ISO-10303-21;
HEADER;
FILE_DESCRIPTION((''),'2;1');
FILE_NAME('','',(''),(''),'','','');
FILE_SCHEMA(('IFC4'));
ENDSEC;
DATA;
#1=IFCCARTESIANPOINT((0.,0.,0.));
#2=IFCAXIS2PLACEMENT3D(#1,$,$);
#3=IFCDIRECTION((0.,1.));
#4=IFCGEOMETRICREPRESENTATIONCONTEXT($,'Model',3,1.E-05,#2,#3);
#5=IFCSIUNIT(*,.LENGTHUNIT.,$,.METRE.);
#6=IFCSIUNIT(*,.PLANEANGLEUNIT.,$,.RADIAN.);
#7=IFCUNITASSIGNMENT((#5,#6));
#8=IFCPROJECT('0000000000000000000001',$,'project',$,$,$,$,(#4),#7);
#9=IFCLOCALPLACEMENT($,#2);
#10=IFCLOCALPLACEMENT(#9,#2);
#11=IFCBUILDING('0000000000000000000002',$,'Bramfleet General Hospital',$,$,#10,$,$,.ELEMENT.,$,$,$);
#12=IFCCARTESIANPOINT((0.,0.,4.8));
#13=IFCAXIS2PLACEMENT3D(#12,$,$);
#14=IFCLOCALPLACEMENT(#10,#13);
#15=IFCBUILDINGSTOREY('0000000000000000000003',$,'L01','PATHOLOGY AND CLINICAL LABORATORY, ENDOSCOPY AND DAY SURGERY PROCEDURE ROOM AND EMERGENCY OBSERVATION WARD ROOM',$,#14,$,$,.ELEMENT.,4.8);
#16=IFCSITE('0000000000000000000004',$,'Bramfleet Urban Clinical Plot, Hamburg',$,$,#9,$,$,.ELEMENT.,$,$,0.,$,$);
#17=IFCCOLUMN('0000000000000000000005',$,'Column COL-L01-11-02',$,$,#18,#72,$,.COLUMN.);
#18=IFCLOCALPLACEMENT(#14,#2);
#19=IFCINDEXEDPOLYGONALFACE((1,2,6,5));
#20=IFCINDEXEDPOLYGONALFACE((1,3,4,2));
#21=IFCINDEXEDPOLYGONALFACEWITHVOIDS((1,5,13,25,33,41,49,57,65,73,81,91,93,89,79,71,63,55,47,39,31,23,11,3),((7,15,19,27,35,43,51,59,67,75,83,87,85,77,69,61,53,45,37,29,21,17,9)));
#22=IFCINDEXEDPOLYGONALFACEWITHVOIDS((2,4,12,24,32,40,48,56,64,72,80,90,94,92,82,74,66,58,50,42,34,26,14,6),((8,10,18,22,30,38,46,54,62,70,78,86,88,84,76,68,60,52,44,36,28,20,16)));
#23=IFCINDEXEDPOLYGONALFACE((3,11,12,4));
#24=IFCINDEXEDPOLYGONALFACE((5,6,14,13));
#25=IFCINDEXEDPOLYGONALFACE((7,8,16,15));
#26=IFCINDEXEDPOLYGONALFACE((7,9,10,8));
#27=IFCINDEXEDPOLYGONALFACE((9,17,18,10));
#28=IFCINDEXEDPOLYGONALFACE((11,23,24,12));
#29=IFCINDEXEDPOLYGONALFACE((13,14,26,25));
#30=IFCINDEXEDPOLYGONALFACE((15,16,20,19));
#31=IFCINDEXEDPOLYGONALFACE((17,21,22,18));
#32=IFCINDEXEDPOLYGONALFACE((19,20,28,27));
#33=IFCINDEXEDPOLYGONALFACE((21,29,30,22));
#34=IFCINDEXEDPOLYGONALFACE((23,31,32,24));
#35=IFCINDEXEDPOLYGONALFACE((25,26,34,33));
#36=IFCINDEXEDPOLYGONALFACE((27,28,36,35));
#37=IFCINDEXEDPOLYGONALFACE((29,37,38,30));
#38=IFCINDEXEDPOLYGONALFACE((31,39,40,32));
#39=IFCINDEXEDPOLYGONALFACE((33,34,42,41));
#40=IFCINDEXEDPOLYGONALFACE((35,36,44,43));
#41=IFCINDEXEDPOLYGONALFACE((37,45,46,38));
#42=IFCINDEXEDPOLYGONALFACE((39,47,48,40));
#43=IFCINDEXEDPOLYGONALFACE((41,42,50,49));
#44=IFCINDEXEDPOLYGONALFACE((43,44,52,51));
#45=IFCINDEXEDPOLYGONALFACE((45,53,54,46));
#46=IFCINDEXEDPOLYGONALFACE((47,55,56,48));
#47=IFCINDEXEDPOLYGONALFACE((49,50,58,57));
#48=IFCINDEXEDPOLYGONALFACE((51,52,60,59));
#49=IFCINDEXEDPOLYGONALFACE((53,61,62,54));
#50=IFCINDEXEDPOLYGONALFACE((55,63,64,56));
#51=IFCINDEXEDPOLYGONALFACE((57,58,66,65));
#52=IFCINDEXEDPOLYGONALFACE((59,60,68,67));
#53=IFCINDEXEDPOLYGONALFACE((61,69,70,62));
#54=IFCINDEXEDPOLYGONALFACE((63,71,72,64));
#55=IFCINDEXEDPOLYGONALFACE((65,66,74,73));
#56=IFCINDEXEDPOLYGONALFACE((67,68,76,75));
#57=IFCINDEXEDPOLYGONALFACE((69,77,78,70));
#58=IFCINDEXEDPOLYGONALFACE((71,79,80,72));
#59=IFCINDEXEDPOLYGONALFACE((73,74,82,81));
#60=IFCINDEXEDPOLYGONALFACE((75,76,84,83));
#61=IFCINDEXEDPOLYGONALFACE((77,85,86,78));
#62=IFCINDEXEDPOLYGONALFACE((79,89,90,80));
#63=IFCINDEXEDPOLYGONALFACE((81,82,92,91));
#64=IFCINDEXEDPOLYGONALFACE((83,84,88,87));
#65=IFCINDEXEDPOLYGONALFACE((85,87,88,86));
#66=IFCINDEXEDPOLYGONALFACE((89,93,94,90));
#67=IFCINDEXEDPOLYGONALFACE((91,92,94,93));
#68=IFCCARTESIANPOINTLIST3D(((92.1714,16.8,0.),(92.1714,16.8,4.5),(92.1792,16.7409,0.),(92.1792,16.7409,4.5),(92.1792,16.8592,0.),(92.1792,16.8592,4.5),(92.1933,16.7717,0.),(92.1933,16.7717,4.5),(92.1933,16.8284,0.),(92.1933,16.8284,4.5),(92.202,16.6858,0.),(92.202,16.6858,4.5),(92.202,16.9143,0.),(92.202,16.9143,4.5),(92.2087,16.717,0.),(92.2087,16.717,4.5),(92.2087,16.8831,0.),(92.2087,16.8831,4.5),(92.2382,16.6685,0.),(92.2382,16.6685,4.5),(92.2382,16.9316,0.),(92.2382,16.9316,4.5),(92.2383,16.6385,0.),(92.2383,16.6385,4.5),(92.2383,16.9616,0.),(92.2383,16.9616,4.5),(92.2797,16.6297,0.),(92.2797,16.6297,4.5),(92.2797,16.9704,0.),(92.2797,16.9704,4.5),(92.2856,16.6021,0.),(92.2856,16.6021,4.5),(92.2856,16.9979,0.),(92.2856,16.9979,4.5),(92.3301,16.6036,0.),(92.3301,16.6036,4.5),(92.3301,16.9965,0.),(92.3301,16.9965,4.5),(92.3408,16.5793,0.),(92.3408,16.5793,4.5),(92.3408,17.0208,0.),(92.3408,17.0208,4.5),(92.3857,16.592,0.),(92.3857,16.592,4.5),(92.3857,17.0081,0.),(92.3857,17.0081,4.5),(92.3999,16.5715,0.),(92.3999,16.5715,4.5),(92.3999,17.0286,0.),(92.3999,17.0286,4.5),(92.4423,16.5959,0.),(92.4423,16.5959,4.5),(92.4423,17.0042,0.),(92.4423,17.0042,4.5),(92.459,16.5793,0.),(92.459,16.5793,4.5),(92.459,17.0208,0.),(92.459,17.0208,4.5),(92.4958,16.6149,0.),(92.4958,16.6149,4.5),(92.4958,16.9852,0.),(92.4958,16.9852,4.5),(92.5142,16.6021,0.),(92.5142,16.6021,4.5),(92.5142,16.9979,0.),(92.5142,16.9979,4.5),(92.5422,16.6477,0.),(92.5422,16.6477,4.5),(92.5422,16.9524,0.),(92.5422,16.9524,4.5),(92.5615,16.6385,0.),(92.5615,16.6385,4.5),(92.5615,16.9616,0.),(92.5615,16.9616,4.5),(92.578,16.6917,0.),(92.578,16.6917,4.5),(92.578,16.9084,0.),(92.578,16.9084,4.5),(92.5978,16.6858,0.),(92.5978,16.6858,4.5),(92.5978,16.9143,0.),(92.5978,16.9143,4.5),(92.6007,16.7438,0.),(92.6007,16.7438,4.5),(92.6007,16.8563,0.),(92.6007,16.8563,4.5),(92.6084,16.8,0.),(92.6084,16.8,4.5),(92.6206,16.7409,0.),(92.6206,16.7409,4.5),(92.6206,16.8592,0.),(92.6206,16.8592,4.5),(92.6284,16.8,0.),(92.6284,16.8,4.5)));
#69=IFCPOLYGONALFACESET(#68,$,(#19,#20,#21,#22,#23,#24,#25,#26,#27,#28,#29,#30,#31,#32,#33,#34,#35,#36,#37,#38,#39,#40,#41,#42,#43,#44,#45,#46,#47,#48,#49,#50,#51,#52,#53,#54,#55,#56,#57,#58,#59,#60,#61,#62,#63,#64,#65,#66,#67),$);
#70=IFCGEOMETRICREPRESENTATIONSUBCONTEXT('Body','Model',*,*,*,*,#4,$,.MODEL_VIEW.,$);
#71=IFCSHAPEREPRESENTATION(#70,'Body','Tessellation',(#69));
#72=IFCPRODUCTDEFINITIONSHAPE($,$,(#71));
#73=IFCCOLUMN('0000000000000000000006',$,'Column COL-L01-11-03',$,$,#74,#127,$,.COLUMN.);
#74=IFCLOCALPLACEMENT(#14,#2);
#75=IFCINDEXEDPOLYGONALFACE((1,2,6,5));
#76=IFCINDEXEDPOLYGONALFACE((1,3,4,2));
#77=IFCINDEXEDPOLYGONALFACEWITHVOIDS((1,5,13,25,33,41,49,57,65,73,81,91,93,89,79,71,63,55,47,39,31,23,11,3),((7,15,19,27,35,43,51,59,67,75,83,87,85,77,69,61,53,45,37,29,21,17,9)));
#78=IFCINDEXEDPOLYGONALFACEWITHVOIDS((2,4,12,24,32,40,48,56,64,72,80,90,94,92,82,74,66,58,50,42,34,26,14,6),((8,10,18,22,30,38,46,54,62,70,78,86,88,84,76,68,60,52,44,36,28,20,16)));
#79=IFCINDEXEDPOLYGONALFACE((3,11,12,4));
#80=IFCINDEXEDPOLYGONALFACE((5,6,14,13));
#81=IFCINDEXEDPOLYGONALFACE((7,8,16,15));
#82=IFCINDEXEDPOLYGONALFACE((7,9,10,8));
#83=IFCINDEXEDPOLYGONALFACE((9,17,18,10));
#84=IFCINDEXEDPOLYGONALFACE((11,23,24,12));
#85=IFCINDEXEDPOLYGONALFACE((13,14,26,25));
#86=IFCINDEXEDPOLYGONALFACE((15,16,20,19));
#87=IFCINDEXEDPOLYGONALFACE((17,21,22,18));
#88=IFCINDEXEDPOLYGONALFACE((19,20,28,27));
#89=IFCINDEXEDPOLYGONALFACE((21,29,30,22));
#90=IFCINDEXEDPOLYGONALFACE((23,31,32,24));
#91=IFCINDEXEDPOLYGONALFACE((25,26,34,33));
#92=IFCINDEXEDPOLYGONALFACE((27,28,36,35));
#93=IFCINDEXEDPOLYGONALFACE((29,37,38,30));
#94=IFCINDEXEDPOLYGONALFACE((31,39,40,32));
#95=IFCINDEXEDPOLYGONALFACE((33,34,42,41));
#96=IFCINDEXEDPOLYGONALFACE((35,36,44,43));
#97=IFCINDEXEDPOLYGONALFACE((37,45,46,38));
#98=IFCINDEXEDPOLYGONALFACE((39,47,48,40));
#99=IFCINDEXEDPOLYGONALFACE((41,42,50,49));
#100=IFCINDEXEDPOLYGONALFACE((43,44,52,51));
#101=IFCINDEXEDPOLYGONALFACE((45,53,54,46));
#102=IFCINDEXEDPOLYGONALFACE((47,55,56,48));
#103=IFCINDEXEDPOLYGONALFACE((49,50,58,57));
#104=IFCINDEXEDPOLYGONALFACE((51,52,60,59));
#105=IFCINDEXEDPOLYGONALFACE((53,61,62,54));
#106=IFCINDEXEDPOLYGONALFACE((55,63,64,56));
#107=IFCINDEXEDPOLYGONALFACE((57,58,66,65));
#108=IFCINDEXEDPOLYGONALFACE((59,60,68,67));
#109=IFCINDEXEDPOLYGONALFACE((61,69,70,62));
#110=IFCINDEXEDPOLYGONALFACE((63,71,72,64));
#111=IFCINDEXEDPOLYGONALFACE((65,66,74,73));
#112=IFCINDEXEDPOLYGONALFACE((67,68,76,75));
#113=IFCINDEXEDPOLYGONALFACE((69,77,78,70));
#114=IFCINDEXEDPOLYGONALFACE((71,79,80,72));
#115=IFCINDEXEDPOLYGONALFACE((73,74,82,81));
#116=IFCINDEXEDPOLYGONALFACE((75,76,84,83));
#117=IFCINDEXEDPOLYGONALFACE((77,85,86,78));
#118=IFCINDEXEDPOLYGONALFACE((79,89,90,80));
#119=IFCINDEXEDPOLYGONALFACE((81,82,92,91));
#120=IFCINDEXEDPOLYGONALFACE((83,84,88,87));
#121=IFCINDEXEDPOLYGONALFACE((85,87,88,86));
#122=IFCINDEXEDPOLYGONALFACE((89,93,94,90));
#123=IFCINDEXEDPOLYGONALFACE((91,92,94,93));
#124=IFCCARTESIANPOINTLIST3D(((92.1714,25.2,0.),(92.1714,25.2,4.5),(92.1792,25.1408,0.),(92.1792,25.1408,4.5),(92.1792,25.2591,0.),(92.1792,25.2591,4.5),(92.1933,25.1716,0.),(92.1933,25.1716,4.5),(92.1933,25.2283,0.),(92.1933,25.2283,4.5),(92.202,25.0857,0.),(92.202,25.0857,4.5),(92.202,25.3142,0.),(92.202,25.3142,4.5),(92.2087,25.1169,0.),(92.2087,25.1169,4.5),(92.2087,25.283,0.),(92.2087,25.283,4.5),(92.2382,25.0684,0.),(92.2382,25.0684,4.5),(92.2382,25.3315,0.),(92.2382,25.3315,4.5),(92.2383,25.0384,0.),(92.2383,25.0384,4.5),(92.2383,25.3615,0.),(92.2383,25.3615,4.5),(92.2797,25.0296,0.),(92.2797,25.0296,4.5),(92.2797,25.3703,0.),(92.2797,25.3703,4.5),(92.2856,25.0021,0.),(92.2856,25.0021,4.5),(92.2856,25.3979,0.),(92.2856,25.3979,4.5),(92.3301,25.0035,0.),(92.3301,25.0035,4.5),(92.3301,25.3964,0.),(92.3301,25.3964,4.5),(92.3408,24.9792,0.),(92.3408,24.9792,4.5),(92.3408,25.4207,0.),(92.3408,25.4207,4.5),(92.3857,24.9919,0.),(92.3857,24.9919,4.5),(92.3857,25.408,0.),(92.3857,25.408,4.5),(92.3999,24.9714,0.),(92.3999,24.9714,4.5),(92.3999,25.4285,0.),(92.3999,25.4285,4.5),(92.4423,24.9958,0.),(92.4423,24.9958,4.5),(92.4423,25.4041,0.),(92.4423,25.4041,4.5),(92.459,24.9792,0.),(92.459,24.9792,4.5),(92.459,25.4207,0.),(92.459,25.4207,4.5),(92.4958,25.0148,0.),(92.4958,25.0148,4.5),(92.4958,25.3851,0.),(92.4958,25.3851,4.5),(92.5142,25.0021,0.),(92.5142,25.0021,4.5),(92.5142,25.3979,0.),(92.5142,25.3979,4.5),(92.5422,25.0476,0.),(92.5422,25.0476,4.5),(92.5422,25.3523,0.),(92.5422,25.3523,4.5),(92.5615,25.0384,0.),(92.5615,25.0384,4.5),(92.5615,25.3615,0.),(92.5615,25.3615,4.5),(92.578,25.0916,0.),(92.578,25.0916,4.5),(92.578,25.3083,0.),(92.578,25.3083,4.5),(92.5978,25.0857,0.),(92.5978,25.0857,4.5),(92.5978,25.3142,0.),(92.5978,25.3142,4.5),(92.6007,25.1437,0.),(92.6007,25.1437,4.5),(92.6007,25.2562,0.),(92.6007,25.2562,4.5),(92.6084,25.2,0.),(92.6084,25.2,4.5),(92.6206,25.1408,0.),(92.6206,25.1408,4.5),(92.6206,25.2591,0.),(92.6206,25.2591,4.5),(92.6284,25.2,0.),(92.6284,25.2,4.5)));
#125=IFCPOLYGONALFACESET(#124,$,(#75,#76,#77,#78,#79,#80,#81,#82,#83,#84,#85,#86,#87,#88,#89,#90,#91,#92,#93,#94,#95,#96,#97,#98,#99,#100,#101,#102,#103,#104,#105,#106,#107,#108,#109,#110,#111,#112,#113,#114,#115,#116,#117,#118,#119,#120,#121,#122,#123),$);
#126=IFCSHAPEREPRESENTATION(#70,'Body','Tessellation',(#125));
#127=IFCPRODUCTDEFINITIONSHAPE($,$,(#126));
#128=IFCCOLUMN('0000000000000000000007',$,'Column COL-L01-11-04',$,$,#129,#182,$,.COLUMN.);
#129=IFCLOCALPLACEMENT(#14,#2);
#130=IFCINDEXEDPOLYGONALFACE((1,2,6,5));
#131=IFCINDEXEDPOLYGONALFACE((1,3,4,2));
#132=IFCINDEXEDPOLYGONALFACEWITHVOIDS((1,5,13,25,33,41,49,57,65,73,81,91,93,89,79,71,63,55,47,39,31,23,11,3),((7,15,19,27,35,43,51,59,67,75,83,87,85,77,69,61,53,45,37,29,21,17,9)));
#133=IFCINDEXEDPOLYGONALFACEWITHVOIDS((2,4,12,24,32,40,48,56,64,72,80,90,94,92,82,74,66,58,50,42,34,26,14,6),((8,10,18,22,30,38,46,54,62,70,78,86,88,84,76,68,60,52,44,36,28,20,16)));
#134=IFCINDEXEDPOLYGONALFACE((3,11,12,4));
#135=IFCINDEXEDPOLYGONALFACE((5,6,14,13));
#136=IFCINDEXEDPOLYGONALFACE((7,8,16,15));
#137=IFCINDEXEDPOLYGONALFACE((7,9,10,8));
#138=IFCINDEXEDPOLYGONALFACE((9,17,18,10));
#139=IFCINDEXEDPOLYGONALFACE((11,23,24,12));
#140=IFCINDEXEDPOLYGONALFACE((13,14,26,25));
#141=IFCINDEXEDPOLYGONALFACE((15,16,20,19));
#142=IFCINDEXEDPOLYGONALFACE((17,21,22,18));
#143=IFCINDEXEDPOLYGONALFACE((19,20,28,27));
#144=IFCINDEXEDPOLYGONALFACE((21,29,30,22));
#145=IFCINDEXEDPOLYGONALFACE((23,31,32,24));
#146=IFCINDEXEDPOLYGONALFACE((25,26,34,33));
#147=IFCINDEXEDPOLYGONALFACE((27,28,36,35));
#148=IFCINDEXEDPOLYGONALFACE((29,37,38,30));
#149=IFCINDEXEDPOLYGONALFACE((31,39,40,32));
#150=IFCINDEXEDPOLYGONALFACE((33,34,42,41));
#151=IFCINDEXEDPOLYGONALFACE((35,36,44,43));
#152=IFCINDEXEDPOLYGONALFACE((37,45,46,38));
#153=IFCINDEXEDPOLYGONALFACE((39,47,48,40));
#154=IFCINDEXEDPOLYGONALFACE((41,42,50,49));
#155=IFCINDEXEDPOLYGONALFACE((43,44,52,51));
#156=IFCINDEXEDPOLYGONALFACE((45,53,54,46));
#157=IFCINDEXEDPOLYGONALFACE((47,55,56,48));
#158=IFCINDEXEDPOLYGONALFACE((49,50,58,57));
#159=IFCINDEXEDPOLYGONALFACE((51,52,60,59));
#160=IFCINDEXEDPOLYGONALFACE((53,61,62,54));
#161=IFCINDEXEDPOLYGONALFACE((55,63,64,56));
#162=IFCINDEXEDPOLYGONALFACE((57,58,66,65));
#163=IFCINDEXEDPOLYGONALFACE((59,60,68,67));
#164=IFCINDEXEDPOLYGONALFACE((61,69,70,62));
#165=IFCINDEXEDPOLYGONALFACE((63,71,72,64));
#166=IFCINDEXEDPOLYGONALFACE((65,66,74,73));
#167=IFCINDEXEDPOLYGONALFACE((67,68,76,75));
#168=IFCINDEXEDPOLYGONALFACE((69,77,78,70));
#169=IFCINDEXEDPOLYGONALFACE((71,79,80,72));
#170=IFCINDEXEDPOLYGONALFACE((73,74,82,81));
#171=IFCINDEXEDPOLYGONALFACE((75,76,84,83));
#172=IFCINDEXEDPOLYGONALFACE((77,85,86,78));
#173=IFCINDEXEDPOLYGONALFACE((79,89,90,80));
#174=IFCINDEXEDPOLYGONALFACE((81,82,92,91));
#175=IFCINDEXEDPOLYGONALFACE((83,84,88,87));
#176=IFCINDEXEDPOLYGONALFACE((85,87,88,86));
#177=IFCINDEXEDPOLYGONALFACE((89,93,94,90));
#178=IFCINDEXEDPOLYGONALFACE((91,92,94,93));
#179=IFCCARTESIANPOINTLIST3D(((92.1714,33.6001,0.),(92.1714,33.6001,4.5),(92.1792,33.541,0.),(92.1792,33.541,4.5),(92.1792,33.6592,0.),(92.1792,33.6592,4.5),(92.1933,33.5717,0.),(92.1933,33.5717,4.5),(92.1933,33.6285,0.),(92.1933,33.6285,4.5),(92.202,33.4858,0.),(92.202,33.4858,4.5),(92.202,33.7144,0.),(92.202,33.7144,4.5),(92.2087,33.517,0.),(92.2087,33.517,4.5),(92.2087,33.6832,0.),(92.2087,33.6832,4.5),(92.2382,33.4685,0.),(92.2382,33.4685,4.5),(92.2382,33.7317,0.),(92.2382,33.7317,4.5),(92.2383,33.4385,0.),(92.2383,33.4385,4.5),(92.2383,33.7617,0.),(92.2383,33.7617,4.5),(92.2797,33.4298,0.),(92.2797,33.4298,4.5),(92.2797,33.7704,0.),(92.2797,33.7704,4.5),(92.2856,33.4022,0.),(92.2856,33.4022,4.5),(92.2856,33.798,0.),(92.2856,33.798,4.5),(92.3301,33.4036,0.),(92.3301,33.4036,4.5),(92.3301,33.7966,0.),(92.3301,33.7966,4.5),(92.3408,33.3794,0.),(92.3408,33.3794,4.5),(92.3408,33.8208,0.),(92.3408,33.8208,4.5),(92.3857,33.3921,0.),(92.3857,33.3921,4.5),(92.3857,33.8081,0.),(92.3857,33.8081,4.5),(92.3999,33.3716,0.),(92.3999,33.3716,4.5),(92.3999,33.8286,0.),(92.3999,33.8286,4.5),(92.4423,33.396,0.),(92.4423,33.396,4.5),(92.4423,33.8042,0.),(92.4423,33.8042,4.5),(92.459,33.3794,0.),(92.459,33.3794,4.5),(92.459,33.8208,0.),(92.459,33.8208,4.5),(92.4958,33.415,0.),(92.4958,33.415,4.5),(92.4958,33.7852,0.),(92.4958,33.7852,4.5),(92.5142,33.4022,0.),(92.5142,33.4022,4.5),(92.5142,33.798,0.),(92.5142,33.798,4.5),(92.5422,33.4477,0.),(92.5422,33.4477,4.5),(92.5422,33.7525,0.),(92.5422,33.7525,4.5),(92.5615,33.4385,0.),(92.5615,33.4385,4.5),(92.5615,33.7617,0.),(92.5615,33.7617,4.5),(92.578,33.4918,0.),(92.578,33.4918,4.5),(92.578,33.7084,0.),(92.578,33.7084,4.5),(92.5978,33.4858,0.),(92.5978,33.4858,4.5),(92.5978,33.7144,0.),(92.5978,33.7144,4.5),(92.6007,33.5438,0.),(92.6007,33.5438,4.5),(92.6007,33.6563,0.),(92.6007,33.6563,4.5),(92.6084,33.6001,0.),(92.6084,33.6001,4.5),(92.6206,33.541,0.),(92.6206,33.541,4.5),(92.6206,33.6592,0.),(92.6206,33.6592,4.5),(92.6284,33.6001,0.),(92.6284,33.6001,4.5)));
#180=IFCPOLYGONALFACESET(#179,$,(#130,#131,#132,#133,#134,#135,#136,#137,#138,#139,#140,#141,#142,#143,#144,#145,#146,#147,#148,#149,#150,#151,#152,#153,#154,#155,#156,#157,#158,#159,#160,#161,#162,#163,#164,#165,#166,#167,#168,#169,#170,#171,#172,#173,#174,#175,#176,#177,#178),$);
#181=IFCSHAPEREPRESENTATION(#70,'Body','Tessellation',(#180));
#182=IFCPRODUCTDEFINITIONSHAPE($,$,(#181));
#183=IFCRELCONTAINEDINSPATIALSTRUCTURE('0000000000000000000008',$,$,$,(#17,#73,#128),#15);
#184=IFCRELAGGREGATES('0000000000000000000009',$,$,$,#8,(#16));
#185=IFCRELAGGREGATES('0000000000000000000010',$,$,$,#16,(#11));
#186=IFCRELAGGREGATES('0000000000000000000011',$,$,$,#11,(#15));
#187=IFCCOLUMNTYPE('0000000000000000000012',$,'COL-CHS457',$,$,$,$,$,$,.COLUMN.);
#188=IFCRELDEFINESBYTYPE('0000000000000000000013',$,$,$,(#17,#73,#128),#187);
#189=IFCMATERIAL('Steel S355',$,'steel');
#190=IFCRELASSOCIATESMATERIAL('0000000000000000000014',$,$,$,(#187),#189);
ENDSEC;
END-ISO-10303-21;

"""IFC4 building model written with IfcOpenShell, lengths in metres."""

from ifc_helpers import new_model, si_unit, direction, frame, origin, origin_2d, place, context, subcontext, project, spatial, hollow_circle, extrude, material, material_profile, profile_set, type_object, element, save


model = new_model("IFC4")

# Units and contexts
model_context = context("Model", 3, precision=1e-05, world=origin(), true_north=direction((0.0, 1.0)))
body_context = subcontext(model_context, "Body", "Model", "MODEL_VIEW")
ifc_project = project(units=[si_unit("LENGTHUNIT", "METRE"), si_unit("PLANEANGLEUNIT", "RADIAN")], contexts=[model_context])

# Site, building, storey
site_placement = place(None, origin())
site = spatial("IfcSite", under=ifc_project, at=site_placement, Name="Bramfleet Urban Clinical Plot, Hamburg", CompositionType="ELEMENT", RefElevation=0.0)
building_placement = place(site_placement, origin())
building = spatial("IfcBuilding", under=site, at=building_placement, Name="Bramfleet General Hospital", CompositionType="ELEMENT")
storey_placement = place(building_placement, frame((0.0, 0.0, 4.8)))
storey = spatial("IfcBuildingStorey", under=building, at=storey_placement, Name="L01", Description="PATHOLOGY AND CLINICAL LABORATORY, ENDOSCOPY AND DAY SURGERY PROCEDURE ROOM AND EMERGENCY OBSERVATION WARD ROOM", CompositionType="ELEMENT", Elevation=4.8)

# Columns
ifc_material_1 = material(Name="Steel S355", Category="steel")
ifc_material_profile_1 = material_profile(ifc_material_1, hollow_circle(Radius=0.2285, WallThickness=0.02, at=origin_2d()), Name="CHS 457.0x20.0")
ifc_profile_set_1 = profile_set([ifc_material_profile_1], Name="Steel S355")
column_type_1 = type_object("IfcColumnType", Name="COL-CHS457", PredefinedType="COLUMN", material=ifc_profile_set_1)
for number, where, z_axis, x_axis, name in (
    (1, (92.3999, 16.8, 0.0), (0.0, 0.0, 1.0), (1.0, 0.0, 0.0), "Column COL-L01-11-02"),
    (2, (92.3999, 25.2, 0.0), (0.0, 0.0, 1.0), (1.0, 0.0, 0.0), "Column COL-L01-11-03"),
    (3, (92.3999, 33.6001, 0.0), (0.0, 0.0, 1.0), (1.0, 0.0, 0.0), "Column COL-L01-11-04"),
):
    element("IfcColumn", number, at=place(storey_placement, frame(where, z_axis=z_axis, x_axis=x_axis)), inside=storey, type_object=column_type_1, Name=name, PredefinedType="COLUMN", context=body_context, shape_type="SweptSolid", body=[
        extrude(hollow_circle(Radius=0.2285, WallThickness=0.02, at=origin_2d()), origin(), (0.0, 0.0, 1.0), 4.5),
    ])

save(model, "model.ifc")
